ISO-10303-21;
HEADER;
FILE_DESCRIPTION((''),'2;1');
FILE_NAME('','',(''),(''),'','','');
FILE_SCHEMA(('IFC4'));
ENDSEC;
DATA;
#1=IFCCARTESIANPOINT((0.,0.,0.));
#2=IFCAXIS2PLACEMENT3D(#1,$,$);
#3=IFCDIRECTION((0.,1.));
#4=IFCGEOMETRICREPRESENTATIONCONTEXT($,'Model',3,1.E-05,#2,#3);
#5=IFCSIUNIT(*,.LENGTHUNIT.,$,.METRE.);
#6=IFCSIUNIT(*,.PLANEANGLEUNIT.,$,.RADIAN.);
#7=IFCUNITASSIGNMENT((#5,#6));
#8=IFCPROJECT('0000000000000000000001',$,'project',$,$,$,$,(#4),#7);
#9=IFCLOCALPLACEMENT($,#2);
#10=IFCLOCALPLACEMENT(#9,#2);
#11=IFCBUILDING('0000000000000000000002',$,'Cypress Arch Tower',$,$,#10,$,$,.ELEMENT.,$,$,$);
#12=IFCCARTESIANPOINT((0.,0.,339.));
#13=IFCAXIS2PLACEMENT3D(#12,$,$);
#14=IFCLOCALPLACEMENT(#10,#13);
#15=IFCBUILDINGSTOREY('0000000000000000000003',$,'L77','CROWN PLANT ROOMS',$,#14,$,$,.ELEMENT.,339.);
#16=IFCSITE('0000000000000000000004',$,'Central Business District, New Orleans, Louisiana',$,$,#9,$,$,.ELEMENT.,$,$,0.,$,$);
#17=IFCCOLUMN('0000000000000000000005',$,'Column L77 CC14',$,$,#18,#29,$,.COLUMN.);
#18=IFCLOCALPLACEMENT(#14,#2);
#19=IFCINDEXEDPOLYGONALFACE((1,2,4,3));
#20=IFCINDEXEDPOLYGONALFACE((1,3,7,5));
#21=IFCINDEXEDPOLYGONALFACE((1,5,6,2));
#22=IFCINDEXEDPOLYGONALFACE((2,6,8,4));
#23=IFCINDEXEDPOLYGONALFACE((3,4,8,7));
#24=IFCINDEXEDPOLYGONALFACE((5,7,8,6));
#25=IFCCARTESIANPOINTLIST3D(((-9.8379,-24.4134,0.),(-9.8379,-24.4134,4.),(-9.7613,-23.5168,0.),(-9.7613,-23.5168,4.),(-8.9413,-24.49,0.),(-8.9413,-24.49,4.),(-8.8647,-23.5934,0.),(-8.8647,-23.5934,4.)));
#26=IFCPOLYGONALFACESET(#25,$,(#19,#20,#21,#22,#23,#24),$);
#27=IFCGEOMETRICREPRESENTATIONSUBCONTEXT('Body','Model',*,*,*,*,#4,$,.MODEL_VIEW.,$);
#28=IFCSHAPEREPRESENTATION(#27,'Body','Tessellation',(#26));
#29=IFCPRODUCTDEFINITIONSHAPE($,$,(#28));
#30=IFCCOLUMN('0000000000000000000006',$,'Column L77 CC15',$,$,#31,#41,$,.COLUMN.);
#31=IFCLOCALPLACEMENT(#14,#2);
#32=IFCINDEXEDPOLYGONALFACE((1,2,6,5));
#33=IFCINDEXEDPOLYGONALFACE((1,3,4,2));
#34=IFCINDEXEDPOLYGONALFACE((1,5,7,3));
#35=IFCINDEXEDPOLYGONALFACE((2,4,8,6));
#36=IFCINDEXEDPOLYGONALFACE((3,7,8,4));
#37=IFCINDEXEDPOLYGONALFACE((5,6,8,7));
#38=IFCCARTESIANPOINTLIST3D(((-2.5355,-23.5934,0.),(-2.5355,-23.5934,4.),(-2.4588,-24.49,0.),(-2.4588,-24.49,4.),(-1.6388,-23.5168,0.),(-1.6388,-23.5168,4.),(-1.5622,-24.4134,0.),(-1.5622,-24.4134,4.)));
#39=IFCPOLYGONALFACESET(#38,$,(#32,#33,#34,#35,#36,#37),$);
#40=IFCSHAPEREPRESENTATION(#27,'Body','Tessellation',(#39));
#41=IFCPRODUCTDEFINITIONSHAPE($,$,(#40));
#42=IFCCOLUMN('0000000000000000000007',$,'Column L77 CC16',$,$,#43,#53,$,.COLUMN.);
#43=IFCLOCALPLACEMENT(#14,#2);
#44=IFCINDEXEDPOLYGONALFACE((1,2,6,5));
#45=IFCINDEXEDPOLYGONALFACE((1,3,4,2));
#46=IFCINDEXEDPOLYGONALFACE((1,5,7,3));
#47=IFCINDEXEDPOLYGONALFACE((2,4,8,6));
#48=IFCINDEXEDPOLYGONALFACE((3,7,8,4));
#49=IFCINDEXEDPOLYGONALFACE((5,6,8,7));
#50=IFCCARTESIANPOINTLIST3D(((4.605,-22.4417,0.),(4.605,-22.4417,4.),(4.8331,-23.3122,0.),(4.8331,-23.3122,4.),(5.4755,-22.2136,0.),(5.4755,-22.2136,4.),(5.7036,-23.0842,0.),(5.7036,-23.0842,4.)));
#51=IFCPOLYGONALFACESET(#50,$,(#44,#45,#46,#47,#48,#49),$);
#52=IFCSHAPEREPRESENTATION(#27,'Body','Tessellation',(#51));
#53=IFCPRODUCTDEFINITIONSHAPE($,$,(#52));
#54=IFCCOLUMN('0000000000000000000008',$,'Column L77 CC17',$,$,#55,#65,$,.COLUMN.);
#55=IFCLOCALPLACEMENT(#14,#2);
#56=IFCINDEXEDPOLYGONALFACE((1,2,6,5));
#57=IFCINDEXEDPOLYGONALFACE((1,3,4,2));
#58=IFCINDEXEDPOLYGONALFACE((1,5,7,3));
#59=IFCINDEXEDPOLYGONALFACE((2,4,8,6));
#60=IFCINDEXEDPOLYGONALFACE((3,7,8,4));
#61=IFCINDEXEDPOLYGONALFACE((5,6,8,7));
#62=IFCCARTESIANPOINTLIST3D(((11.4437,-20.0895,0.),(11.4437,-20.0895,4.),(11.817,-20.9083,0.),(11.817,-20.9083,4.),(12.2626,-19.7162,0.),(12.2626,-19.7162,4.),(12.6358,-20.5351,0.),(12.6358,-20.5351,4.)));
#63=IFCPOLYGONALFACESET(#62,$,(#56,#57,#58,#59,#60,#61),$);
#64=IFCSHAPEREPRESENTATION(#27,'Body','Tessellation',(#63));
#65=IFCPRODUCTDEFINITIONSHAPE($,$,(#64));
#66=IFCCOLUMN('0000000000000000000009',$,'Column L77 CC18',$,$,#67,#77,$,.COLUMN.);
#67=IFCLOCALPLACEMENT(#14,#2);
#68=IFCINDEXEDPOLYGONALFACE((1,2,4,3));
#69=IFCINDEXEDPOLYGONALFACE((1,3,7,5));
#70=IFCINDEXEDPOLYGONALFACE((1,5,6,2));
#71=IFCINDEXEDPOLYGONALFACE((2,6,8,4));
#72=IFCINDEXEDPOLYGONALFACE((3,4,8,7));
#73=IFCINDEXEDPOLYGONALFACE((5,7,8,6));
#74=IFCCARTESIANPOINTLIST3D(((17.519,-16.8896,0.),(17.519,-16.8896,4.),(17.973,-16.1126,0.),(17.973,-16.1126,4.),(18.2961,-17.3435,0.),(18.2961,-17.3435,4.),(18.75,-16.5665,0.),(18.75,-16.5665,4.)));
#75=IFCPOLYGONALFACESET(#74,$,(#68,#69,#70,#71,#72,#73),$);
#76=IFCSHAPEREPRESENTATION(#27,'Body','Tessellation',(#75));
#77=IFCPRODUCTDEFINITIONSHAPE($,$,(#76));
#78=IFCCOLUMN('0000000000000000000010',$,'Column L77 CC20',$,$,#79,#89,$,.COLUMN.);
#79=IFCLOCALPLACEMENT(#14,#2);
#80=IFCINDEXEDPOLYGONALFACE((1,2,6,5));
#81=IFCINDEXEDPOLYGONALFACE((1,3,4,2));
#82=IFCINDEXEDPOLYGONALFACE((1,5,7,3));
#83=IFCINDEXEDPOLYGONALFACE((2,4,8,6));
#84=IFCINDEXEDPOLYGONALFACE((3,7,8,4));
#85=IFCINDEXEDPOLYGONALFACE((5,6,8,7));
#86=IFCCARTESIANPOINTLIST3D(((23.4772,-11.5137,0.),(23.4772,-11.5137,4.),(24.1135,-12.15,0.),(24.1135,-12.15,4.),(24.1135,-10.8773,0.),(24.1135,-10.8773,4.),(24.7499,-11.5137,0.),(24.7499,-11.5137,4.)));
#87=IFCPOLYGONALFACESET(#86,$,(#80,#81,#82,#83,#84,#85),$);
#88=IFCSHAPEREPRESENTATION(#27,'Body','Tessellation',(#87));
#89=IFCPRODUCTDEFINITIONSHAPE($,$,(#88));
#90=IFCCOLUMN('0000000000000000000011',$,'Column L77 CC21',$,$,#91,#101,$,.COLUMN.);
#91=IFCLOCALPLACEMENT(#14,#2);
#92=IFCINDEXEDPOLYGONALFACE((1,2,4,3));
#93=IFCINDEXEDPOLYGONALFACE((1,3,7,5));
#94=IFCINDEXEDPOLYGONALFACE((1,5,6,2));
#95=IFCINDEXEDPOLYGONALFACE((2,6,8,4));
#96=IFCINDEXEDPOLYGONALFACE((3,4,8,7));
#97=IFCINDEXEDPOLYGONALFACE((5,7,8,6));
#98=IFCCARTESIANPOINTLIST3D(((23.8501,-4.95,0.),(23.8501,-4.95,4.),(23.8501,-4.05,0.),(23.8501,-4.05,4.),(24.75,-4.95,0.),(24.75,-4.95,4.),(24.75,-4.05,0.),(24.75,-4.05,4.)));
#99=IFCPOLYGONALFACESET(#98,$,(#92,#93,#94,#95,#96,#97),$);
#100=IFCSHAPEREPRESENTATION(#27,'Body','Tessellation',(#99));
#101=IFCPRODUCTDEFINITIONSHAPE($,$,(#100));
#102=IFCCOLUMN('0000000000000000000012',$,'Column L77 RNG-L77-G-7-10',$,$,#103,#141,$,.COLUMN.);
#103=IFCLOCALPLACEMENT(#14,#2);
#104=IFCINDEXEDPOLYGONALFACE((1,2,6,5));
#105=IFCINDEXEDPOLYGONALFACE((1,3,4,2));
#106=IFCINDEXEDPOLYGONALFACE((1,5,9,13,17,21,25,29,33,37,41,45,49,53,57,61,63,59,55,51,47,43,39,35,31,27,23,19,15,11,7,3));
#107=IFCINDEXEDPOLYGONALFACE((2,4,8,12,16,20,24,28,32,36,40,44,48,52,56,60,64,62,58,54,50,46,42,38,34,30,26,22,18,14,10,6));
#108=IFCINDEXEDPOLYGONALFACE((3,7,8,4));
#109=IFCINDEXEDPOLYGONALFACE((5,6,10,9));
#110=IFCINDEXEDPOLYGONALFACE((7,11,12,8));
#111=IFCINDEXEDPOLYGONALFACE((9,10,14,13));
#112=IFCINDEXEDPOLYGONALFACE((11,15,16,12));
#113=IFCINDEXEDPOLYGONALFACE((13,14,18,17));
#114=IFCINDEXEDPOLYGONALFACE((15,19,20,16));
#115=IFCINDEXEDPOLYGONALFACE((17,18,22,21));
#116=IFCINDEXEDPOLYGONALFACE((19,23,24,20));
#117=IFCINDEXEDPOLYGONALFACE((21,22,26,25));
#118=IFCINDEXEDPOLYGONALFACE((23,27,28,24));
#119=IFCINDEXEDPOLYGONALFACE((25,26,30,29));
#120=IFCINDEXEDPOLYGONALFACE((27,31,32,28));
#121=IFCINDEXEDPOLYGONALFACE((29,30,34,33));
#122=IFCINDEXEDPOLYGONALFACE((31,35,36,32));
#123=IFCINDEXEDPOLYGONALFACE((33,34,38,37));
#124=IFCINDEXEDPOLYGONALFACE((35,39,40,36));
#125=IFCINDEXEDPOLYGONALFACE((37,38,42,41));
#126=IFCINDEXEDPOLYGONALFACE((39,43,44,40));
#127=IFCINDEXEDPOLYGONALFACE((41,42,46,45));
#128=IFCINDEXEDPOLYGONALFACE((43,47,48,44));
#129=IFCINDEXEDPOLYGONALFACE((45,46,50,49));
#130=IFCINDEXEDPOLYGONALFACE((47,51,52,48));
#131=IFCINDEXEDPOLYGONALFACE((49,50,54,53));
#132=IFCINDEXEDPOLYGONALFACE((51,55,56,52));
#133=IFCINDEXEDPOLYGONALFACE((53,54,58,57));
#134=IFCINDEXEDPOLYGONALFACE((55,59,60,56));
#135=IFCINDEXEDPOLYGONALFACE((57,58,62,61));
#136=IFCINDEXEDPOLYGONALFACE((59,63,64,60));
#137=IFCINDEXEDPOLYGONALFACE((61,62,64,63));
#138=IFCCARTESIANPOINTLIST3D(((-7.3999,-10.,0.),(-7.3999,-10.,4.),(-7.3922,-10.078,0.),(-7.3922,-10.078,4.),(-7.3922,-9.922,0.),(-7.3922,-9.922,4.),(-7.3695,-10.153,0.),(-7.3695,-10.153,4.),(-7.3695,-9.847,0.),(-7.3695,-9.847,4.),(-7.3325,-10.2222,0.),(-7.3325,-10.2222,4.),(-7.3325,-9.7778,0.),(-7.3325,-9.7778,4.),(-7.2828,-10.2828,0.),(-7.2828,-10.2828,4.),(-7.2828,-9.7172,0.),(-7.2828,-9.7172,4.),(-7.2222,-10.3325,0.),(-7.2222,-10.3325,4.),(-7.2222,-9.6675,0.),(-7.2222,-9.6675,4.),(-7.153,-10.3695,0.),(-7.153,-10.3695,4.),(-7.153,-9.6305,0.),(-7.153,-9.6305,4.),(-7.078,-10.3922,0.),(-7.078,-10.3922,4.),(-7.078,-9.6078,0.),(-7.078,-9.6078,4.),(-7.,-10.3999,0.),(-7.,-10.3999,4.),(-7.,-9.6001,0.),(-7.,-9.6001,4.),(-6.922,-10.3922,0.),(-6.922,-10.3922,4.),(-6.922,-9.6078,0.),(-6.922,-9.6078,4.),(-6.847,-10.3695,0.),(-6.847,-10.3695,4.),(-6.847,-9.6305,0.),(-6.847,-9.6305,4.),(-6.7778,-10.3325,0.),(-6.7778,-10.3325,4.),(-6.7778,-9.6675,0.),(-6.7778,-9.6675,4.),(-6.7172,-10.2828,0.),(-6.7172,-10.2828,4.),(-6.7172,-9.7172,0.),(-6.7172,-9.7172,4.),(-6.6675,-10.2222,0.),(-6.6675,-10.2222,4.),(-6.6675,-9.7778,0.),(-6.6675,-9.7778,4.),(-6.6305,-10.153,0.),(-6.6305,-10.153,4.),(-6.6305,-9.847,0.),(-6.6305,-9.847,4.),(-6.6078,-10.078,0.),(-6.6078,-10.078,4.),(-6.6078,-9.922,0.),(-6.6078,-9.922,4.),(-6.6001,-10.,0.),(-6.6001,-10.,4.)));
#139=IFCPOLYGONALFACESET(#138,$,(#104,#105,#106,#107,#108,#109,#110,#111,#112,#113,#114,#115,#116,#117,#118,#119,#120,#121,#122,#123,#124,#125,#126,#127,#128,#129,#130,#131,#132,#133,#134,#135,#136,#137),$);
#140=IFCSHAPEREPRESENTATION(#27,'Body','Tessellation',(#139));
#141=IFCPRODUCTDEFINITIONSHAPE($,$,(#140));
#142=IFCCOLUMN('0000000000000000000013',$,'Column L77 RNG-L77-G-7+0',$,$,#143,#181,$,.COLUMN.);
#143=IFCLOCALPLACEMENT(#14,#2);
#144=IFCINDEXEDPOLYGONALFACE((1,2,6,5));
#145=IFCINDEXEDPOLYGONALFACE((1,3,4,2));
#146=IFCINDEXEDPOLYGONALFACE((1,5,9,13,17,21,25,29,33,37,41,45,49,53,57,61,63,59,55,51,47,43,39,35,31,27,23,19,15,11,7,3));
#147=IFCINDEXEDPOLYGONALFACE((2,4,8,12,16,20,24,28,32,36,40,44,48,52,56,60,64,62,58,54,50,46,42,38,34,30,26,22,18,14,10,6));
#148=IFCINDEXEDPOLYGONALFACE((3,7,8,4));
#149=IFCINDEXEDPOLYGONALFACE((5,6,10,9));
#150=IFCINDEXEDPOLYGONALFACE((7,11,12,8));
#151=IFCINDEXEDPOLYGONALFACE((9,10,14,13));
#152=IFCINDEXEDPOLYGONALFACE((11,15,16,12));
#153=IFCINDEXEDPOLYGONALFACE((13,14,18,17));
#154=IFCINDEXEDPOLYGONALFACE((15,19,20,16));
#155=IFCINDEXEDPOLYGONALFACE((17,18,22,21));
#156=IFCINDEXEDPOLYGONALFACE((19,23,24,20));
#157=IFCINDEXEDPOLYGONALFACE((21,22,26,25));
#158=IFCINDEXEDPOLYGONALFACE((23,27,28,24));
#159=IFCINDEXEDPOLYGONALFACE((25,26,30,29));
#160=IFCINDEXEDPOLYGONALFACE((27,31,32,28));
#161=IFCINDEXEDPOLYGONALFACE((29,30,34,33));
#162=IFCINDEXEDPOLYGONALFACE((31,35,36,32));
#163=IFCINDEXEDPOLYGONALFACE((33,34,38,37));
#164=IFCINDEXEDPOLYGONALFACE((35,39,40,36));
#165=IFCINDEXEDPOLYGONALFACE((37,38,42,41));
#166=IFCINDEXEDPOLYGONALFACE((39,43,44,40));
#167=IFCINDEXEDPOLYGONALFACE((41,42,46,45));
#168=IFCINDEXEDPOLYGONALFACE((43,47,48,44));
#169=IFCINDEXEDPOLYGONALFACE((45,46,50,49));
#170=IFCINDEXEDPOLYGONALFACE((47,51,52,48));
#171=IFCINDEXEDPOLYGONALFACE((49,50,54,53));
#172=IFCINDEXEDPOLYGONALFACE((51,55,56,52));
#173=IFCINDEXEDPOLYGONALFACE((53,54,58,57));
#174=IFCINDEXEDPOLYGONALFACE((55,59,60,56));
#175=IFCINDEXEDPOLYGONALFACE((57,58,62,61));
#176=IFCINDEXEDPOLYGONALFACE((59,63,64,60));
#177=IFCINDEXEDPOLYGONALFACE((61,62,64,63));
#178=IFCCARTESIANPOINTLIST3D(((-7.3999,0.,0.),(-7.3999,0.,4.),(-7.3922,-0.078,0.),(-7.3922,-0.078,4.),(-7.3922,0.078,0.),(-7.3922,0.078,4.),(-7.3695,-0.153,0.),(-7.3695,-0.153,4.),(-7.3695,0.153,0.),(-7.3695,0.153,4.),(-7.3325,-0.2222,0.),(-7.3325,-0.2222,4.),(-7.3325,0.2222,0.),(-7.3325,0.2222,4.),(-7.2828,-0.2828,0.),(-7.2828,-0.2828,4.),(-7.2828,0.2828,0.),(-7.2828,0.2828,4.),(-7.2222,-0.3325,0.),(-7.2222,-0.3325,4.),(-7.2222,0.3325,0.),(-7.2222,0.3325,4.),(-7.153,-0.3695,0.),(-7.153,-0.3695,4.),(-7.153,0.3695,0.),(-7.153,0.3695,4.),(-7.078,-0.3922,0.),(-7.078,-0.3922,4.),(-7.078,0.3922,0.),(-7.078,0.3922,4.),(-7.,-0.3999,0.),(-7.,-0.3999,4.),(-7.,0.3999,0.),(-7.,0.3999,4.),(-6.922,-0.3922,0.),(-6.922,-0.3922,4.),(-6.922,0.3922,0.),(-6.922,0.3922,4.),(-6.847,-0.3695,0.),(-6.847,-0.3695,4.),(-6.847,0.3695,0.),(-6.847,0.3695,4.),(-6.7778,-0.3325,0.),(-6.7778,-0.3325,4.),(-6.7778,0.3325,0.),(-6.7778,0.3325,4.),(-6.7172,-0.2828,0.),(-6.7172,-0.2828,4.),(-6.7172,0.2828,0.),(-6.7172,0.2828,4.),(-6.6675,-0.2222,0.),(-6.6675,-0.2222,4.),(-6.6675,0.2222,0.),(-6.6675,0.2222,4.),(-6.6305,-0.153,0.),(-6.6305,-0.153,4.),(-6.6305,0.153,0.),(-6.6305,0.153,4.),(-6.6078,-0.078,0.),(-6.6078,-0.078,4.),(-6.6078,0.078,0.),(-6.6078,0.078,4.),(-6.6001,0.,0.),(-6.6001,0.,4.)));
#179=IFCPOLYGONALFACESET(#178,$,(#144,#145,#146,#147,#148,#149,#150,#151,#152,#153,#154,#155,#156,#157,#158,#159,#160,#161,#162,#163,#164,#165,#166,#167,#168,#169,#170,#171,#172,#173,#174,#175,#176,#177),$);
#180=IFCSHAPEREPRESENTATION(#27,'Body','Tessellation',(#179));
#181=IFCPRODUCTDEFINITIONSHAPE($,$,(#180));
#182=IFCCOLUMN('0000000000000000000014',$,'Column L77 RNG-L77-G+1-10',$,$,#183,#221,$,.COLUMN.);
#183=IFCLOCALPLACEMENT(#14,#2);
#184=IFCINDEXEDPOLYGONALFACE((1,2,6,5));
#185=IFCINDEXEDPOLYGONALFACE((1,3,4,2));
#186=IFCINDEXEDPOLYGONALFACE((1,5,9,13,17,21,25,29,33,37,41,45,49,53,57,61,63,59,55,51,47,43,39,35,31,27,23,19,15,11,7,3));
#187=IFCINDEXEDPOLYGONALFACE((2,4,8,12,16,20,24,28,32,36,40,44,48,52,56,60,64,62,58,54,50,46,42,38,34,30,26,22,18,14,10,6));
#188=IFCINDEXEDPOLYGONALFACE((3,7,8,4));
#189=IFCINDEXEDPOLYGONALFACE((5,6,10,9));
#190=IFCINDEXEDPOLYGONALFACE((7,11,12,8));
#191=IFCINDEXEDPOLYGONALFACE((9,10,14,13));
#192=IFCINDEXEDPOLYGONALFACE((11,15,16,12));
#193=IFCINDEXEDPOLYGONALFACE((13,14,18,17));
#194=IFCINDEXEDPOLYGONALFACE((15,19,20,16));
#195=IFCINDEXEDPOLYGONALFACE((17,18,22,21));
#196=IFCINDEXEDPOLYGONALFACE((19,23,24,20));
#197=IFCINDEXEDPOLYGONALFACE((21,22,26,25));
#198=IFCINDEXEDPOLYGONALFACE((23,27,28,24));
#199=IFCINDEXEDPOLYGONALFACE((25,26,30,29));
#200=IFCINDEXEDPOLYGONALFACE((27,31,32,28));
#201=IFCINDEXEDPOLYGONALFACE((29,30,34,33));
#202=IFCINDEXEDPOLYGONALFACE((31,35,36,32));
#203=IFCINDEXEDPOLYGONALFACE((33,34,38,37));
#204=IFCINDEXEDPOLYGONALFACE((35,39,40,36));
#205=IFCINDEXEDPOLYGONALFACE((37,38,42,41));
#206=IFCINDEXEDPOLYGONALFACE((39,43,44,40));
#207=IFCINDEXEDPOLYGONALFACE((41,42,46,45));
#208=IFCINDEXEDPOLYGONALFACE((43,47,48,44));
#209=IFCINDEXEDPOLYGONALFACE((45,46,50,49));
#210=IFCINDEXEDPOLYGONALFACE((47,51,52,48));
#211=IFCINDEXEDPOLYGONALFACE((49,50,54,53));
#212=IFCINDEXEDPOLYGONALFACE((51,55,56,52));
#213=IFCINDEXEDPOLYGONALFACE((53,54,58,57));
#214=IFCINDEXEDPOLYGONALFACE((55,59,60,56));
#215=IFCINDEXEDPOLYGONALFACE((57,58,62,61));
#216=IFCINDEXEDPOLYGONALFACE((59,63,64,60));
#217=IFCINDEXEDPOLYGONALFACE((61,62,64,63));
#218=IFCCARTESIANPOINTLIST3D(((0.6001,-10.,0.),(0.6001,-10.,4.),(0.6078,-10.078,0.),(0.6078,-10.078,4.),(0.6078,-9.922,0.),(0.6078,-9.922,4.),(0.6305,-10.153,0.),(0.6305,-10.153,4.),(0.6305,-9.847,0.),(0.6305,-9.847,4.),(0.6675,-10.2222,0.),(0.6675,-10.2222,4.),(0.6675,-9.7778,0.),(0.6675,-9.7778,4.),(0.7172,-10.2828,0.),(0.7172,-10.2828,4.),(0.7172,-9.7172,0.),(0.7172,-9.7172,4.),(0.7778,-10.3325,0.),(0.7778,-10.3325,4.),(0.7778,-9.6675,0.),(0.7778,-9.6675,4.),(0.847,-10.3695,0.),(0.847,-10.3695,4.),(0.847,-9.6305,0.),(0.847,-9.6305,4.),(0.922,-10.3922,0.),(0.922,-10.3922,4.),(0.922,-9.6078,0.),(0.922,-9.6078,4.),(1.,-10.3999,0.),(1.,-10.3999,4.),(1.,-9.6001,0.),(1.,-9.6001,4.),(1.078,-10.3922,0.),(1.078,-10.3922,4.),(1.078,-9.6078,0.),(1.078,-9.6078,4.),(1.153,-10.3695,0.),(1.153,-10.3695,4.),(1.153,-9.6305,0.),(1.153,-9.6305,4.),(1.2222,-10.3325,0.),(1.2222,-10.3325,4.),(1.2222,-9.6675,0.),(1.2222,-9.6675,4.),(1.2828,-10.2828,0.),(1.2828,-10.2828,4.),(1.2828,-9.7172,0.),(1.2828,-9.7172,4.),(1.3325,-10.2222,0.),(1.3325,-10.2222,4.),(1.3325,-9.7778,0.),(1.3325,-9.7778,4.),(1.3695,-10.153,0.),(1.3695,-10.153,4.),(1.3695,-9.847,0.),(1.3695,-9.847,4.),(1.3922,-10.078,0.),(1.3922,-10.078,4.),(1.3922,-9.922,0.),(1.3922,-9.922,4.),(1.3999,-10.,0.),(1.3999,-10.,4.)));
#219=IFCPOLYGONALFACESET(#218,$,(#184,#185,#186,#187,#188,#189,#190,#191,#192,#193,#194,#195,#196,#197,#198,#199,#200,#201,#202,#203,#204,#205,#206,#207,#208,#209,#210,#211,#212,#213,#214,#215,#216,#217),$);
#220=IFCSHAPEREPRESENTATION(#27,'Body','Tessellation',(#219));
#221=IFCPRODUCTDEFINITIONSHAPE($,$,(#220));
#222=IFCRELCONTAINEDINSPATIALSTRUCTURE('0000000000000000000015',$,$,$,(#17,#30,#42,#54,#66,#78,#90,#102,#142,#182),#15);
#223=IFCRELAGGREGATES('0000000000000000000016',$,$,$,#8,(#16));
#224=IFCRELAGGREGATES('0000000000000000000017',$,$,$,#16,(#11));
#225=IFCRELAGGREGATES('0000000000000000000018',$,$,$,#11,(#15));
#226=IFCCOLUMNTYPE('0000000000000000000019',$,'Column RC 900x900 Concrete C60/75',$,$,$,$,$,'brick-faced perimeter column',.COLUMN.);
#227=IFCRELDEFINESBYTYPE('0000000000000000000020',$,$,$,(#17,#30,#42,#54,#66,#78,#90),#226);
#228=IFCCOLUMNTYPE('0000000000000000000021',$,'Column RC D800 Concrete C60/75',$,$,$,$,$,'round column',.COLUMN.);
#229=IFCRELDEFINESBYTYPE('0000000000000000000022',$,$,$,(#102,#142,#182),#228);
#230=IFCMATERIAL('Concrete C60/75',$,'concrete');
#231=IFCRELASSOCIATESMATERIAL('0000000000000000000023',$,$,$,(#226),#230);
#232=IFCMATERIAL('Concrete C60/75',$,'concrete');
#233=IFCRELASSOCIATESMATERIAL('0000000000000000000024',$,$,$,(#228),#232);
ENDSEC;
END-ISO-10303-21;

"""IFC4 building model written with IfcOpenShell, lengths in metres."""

from ifc_helpers import new_model, si_unit, direction, frame, origin, origin_2d, place, context, subcontext, project, spatial, rectangle, circle, extrude, material, material_profile, profile_set, type_object, element, save


model = new_model("IFC4")

# Units and contexts
model_context = context("Model", 3, precision=1e-05, world=origin(), true_north=direction((0.0, 1.0)))
body_context = subcontext(model_context, "Body", "Model", "MODEL_VIEW")
ifc_project = project(units=[si_unit("LENGTHUNIT", "METRE"), si_unit("PLANEANGLEUNIT", "RADIAN")], contexts=[model_context])

# Site, building, storey
site_placement = place(None, origin())
site = spatial("IfcSite", under=ifc_project, at=site_placement, Name="Central Business District, New Orleans, Louisiana", CompositionType="ELEMENT", RefElevation=0.0)
building_placement = place(site_placement, origin())
building = spatial("IfcBuilding", under=site, at=building_placement, Name="Cypress Arch Tower", CompositionType="ELEMENT")
storey_placement = place(building_placement, frame((0.0, 0.0, 339.0)))
storey = spatial("IfcBuildingStorey", under=building, at=storey_placement, Name="L77", Description="CROWN PLANT ROOMS", CompositionType="ELEMENT", Elevation=339.0)

# Columns
ifc_material_1 = material(Name="Concrete C60/75", Category="concrete")
ifc_material_profile_1 = material_profile(ifc_material_1, rectangle(XDim=0.8999, YDim=0.8999, at=origin_2d()), Name="RC 900x900")
ifc_profile_set_1 = profile_set([ifc_material_profile_1], Name="Concrete C60/75")
column_type_1 = type_object("IfcColumnType", Name="Column RC 900x900 Concrete C60/75", ElementType="brick-faced perimeter column", PredefinedType="COLUMN", material=ifc_profile_set_1)
for number, where, z_axis, x_axis, name in (
    (1, (-9.3513, -24.0034, 0.0), (0.0, 0.0, 1.0), (0.996368, -0.085149, 0.0), "Column L77 CC14"),
    (2, (-2.0488, -24.0034, 0.0), (0.0, 0.0, 1.0), (0.996368, 0.085149, 0.0), "Column L77 CC15"),
    (3, (5.1543, -22.7629, 0.0), (0.0, 0.0, 1.0), (0.967356, 0.253422, 0.0), "Column L77 CC16"),
    (4, (12.0398, -20.3123, 0.0), (0.0, 0.0, 1.0), (0.909932, 0.414757, 0.0), "Column L77 CC17"),
    (5, (18.1345, -16.728, 0.0), (0.0, 0.0, 1.0), (0.504399, 0.863471, 0.0), "Column L77 CC18"),
    (6, (24.1135, -11.5137, 0.0), (0.0, 0.0, 1.0), (0.707107, 0.707107, 0.0), "Column L77 CC20"),
    (7, (24.3, -4.5, 0.0), (0.0, 0.0, 1.0), (0.0, 1.0, 0.0), "Column L77 CC21"),
):
    element("IfcColumn", number, at=place(storey_placement, frame(where, z_axis=z_axis, x_axis=x_axis)), inside=storey, type_object=column_type_1, Name=name, PredefinedType="COLUMN", context=body_context, shape_type="SweptSolid", body=[
        extrude(rectangle(XDim=0.8999, YDim=0.8999, at=origin_2d()), origin(), (0.0, 0.0, 1.0), 4.0),
    ])
ifc_material_2 = material(Name="Concrete C60/75", Category="concrete")
ifc_material_profile_2 = material_profile(ifc_material_2, circle(Radius=0.3999, at=origin_2d()), Name="RC D800")
ifc_profile_set_2 = profile_set([ifc_material_profile_2], Name="Concrete C60/75")
column_type_2 = type_object("IfcColumnType", Name="Column RC D800 Concrete C60/75", ElementType="round column", PredefinedType="COLUMN", material=ifc_profile_set_2)
for number, where, z_axis, x_axis, name in (
    (8, (-7.0, -10.0, 0.0), (0.0, 0.0, 1.0), (1.0, 0.0, 0.0), "Column L77 RNG-L77-G-7-10"),
    (9, (-7.0, 0.0, 0.0), (0.0, 0.0, 1.0), (1.0, 0.0, 0.0), "Column L77 RNG-L77-G-7+0"),
    (10, (1.0, -10.0, 0.0), (0.0, 0.0, 1.0), (1.0, 0.0, 0.0), "Column L77 RNG-L77-G+1-10"),
):
    element("IfcColumn", number, at=place(storey_placement, frame(where, z_axis=z_axis, x_axis=x_axis)), inside=storey, type_object=column_type_2, Name=name, PredefinedType="COLUMN", context=body_context, shape_type="SweptSolid", body=[
        extrude(circle(Radius=0.3999, at=origin_2d()), origin(), (0.0, 0.0, 1.0), 4.0),
    ])

save(model, "model.ifc")
